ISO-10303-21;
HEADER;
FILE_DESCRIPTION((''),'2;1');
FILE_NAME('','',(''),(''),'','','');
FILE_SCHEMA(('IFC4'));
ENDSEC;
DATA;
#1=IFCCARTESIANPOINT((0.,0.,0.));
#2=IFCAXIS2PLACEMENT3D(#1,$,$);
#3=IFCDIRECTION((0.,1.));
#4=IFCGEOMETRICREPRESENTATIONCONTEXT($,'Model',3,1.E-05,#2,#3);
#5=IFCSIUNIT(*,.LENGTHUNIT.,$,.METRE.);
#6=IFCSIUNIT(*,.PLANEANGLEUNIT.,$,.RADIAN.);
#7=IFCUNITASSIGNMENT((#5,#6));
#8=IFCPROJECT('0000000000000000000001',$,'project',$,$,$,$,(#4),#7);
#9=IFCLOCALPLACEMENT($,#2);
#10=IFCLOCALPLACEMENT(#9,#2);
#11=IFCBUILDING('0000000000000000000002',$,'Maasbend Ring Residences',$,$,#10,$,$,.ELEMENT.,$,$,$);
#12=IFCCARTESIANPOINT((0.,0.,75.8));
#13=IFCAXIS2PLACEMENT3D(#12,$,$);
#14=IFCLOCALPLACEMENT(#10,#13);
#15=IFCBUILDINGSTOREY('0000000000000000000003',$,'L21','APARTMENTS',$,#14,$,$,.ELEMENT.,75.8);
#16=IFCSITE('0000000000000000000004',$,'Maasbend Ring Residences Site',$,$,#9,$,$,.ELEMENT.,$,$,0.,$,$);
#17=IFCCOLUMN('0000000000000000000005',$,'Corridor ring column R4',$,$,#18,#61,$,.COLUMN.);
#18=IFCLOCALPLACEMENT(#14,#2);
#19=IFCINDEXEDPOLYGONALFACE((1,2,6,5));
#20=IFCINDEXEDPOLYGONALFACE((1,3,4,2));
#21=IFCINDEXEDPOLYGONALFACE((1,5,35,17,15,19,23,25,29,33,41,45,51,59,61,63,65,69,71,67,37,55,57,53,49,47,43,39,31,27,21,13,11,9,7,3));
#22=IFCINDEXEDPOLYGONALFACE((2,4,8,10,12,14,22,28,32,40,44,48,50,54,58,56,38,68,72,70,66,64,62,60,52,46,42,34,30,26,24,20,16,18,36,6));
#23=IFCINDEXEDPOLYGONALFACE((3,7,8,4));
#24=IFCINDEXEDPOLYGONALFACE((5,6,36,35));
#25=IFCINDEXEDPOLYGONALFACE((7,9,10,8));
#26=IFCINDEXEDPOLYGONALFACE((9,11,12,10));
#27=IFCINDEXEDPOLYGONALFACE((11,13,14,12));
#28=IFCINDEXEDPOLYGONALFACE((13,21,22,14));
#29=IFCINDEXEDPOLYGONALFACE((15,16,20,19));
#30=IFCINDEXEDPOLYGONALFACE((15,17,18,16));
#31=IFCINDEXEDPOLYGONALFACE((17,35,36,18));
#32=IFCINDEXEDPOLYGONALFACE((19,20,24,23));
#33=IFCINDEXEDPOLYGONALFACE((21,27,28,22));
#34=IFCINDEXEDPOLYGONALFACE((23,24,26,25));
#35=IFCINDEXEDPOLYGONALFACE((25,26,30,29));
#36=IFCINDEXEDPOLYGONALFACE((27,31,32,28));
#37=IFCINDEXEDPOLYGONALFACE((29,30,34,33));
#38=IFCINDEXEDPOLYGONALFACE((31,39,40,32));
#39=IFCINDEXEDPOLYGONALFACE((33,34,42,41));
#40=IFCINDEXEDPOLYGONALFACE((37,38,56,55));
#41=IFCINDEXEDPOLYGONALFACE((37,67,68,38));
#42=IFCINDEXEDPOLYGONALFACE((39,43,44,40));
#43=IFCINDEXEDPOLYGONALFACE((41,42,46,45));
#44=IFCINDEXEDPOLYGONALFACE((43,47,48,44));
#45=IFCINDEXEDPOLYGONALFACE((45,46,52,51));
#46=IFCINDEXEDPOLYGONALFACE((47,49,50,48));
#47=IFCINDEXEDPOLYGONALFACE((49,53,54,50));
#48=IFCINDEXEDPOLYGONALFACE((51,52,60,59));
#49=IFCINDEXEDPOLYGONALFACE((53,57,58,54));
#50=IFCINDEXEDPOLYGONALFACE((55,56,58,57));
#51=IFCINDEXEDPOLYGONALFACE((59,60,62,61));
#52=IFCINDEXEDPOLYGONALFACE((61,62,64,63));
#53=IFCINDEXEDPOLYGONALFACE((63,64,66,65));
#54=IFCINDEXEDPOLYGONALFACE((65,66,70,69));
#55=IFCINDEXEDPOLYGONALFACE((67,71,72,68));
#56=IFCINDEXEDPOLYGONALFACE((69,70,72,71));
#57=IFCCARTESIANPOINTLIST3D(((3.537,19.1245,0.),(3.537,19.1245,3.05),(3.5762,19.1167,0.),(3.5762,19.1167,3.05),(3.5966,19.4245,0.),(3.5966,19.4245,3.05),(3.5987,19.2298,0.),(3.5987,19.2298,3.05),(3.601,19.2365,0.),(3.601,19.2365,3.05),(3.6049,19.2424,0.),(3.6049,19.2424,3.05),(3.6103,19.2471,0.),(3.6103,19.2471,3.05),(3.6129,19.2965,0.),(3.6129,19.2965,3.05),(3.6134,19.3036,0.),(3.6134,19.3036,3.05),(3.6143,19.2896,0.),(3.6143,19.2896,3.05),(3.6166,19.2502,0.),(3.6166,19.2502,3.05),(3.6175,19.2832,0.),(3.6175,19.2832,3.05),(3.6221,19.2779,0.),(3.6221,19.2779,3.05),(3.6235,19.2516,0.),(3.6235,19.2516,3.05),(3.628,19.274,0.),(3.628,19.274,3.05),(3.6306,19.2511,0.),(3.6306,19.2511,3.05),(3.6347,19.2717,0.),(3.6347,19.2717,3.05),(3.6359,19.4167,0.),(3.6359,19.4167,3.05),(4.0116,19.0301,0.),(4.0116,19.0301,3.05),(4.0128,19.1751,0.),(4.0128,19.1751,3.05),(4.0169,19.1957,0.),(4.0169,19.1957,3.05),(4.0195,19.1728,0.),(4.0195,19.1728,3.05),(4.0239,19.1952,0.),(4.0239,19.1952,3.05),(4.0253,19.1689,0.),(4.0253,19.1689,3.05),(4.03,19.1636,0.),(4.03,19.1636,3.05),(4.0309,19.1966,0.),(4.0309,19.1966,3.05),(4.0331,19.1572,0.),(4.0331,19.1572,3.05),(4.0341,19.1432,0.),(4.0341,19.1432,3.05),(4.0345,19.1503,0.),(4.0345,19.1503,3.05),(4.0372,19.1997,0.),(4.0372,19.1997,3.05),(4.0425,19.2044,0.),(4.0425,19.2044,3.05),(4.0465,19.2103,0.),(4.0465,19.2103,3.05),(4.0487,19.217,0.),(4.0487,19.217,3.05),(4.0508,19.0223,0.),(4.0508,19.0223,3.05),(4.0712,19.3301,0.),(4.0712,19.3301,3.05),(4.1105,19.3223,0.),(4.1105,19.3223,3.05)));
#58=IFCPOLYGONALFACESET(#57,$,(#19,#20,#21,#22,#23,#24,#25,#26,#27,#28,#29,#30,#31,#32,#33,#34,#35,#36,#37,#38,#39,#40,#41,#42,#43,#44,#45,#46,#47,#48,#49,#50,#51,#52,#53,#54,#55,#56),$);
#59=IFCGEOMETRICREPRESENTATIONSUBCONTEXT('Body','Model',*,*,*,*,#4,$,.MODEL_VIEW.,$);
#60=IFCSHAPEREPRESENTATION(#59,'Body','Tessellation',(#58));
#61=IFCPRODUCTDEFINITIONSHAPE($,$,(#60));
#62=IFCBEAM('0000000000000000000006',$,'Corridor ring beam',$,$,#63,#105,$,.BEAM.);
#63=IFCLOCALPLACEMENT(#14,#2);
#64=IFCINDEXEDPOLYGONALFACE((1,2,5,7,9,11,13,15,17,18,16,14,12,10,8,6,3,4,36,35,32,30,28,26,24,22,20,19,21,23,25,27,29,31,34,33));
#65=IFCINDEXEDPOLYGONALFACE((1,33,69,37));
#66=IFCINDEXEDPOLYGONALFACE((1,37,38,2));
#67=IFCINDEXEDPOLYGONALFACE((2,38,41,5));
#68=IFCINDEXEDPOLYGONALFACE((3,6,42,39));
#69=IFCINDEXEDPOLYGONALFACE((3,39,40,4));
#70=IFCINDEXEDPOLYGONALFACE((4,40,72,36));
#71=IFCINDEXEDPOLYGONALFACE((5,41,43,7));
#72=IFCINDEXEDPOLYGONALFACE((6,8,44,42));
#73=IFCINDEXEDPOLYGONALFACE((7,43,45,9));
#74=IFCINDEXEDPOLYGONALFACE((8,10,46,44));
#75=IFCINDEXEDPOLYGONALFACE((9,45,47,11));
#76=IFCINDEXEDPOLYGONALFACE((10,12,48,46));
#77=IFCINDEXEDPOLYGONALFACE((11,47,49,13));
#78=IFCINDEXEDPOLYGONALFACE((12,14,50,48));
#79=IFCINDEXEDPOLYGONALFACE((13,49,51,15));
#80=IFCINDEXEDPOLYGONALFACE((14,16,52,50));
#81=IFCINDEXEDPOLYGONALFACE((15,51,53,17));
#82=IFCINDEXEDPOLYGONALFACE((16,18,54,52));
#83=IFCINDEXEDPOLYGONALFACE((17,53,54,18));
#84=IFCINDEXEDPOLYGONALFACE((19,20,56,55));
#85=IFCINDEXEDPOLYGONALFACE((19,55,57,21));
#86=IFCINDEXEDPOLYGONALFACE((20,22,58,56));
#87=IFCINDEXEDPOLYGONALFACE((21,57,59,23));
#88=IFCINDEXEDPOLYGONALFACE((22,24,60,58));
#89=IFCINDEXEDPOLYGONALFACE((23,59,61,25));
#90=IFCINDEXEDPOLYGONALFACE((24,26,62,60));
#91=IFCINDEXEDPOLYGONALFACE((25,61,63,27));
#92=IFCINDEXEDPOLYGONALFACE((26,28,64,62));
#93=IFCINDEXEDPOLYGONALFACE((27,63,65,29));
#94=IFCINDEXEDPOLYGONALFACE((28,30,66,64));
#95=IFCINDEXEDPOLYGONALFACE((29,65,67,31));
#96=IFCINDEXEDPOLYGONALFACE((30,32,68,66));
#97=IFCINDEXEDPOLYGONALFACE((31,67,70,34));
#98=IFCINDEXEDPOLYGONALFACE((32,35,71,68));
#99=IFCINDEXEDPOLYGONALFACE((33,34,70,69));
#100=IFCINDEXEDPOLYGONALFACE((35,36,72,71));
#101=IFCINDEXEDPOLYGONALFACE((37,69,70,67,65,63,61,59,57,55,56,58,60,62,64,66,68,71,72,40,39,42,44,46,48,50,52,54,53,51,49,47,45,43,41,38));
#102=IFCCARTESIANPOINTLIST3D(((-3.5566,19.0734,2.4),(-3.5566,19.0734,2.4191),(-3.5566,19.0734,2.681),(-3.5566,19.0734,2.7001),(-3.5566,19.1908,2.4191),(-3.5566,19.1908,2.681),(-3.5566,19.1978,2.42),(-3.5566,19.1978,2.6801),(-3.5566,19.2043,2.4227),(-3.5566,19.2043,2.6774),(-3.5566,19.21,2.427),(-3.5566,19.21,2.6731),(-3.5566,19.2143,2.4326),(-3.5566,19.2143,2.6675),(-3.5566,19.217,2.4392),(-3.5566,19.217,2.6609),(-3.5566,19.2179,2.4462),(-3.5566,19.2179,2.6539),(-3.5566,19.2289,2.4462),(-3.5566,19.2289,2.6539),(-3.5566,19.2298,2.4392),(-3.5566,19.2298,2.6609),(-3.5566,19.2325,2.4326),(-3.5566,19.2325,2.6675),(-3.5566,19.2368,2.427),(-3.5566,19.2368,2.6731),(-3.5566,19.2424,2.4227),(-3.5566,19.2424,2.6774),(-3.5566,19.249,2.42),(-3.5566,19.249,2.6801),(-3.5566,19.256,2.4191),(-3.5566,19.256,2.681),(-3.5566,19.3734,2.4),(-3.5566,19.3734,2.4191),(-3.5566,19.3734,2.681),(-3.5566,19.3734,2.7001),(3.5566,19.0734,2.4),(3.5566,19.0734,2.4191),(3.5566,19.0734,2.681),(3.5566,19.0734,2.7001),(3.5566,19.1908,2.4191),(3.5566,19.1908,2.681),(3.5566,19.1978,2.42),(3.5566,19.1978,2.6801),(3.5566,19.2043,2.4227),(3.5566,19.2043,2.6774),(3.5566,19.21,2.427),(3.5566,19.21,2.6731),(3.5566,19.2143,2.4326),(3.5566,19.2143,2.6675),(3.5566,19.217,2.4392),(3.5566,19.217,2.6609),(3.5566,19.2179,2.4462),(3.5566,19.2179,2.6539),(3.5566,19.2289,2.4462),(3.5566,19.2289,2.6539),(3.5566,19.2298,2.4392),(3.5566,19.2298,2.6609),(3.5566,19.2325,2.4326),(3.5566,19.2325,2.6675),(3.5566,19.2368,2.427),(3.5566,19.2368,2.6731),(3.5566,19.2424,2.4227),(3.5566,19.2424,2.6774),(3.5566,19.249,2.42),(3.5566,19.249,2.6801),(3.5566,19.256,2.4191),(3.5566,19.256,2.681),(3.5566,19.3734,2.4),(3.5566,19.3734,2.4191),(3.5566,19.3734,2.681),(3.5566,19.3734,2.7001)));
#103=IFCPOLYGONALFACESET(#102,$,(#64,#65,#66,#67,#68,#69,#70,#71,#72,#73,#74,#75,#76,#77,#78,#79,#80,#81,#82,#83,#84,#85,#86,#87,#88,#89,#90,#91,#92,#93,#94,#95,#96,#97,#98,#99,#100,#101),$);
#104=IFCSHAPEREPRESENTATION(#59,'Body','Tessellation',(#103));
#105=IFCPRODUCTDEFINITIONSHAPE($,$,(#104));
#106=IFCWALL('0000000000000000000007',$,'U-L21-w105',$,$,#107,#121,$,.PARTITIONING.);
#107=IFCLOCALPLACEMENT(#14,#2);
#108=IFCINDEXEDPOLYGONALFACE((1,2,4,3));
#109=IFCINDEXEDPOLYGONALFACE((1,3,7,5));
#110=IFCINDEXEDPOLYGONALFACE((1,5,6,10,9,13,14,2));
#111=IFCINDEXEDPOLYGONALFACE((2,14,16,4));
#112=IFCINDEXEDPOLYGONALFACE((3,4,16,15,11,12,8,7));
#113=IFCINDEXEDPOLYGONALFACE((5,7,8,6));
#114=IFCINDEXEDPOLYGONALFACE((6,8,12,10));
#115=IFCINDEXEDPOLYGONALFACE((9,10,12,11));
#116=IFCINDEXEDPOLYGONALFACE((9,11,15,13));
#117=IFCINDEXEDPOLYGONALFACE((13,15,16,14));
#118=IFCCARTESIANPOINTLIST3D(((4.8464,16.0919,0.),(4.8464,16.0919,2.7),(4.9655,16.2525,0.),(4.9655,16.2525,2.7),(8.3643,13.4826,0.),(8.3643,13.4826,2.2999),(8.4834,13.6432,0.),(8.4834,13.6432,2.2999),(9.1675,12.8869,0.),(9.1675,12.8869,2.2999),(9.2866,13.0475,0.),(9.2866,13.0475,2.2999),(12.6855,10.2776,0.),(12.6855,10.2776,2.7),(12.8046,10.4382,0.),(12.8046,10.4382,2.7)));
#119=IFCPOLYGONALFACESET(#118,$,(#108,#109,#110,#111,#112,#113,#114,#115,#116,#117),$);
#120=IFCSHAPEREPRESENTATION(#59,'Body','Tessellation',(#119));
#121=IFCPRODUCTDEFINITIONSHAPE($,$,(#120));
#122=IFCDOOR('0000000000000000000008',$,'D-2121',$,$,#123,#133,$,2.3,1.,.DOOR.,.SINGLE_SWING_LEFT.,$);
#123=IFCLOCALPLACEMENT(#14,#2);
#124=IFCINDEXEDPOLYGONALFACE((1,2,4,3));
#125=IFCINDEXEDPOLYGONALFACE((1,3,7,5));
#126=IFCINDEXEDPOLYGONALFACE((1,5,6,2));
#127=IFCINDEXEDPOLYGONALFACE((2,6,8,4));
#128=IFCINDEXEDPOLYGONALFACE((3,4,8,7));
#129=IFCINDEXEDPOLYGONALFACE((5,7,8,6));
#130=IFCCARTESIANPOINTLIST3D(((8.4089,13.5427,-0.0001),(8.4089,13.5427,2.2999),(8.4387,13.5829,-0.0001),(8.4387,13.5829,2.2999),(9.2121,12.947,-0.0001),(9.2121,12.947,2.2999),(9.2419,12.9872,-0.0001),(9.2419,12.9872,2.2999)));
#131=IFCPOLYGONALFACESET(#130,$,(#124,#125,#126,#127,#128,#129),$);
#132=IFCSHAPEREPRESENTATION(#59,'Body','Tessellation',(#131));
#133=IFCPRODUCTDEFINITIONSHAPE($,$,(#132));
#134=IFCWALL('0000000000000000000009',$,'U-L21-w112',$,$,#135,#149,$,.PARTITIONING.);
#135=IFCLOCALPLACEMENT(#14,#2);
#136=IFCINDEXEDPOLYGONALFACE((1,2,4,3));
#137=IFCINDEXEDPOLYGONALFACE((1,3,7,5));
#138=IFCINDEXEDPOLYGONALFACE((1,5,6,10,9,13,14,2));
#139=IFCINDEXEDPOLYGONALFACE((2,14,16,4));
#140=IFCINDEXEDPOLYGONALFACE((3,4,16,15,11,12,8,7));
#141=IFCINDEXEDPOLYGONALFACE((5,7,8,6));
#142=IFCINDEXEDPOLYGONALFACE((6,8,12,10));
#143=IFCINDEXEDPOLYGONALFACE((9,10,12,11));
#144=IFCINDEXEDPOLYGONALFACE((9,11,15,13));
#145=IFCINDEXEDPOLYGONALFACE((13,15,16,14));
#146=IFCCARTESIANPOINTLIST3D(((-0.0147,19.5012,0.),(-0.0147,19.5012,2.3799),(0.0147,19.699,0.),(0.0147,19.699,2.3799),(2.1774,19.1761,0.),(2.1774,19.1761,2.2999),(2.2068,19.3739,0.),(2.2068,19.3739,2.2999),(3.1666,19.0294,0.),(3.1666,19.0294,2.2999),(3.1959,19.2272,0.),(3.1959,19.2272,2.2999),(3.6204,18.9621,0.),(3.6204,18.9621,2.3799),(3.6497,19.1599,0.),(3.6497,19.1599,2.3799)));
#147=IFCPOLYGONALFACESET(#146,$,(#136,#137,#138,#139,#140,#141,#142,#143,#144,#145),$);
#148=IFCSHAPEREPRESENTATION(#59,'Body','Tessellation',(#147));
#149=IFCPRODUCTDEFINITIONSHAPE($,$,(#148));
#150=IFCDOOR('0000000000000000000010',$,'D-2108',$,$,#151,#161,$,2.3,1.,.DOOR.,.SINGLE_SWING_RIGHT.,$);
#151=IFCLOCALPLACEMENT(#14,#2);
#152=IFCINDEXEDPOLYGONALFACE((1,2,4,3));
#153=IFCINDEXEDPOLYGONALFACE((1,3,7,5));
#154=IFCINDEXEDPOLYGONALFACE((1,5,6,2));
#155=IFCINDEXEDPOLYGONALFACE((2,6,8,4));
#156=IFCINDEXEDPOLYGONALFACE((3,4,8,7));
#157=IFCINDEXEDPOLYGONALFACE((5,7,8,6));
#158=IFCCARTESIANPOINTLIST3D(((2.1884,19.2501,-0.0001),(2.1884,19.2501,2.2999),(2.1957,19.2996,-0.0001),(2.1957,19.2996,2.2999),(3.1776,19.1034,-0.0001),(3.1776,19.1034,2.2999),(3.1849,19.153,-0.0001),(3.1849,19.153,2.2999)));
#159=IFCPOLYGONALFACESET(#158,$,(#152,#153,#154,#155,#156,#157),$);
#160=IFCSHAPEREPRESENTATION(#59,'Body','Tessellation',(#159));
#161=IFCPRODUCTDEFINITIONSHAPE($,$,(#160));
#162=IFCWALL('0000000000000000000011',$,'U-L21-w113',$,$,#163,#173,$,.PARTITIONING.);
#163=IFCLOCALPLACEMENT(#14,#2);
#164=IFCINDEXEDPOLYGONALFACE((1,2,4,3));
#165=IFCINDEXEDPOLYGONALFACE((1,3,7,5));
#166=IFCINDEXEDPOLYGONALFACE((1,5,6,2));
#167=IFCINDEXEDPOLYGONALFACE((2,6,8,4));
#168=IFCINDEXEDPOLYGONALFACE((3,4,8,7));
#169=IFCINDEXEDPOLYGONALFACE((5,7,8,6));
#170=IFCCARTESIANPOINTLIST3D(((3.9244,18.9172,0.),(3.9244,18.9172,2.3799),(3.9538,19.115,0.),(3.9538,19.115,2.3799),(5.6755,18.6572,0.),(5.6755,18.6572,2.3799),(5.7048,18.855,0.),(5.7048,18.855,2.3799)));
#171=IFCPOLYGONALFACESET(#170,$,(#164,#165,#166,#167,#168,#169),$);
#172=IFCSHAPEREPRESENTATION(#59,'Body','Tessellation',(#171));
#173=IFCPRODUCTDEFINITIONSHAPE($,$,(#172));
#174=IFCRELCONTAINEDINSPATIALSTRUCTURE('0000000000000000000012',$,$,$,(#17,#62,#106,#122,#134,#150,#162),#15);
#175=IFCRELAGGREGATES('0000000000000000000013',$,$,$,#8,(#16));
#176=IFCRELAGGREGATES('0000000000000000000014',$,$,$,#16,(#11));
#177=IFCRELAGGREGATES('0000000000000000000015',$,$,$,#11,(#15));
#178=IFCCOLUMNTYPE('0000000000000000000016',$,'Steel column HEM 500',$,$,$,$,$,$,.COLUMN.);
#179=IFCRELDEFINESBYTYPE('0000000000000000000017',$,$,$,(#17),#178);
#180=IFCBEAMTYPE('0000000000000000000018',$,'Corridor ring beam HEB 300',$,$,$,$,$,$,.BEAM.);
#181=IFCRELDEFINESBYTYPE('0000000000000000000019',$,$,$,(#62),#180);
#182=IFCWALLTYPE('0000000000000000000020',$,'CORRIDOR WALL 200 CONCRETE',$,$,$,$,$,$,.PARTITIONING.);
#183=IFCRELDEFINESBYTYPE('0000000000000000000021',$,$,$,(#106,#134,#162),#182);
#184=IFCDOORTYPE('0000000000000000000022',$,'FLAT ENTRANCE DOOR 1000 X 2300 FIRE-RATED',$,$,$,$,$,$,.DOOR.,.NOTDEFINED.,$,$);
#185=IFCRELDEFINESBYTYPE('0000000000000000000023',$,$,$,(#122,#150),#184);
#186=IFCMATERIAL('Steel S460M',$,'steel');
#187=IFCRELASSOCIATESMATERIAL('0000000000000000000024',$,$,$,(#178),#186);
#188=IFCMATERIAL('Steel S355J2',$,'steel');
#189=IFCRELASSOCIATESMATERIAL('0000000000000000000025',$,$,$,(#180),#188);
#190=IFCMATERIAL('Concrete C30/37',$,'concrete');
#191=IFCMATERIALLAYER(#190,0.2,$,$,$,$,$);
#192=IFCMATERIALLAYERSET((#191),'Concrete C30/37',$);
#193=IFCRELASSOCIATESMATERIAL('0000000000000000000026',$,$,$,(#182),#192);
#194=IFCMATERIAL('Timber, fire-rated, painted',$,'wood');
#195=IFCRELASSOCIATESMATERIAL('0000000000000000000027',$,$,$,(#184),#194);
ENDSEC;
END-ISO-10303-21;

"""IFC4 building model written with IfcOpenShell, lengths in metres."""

from ifc_helpers import new_model, si_unit, direction, frame, frame_2d, origin, origin_2d, place, context, subcontext, project, spatial, rectangle, i_section, extrude, material, layer, layer_set, material_profile, profile_set, type_object, element, fill, save


model = new_model("IFC4")

# Units and contexts
model_context = context("Model", 3, precision=1e-05, world=origin(), true_north=direction((0.0, 1.0)))
body_context = subcontext(model_context, "Body", "Model", "MODEL_VIEW")
ifc_project = project(units=[si_unit("LENGTHUNIT", "METRE"), si_unit("PLANEANGLEUNIT", "RADIAN")], contexts=[model_context])

# Site, building, storey
site_placement = place(None, origin())
site = spatial("IfcSite", under=ifc_project, at=site_placement, Name="Maasbend Ring Residences Site", CompositionType="ELEMENT", RefElevation=0.0)
building_placement = place(site_placement, origin())
building = spatial("IfcBuilding", under=site, at=building_placement, Name="Maasbend Ring Residences", CompositionType="ELEMENT")
storey_placement = place(building_placement, frame((0.0, 0.0, 75.8)))
storey = spatial("IfcBuildingStorey", under=building, at=storey_placement, Name="L21", Description="APARTMENTS", CompositionType="ELEMENT", Elevation=75.8)

# Column
ifc_material_1 = material(Name="Steel S460M", Category="steel")
ifc_material_profile_1 = material_profile(ifc_material_1, i_section(OverallWidth=0.3059, OverallDepth=0.5239, WebThickness=0.021, FlangeThickness=0.04, FilletRadius=0.0271, at=origin_2d()), Name="HEM 500")
ifc_profile_set_1 = profile_set([ifc_material_profile_1], Name="Steel S460M")
column_type = type_object("IfcColumnType", Name="Steel column HEM 500", PredefinedType="COLUMN", material=ifc_profile_set_1)
column_placement = place(storey_placement, frame((3.8237, 19.2234, 0.0), z_axis=(0.0, 0.0, 1.0), x_axis=(0.19509, 0.980785, 0.0)))
element("IfcColumn", 1, at=column_placement, inside=storey, type_object=column_type, Name="Corridor ring column R4", PredefinedType="COLUMN", context=body_context, shape_type="SweptSolid", body=[
    extrude(i_section(OverallWidth=0.3059, OverallDepth=0.5239, WebThickness=0.021, FlangeThickness=0.04, FilletRadius=0.0271, at=origin_2d()), origin(), (0.0, 0.0, 1.0), 3.05),
])

# Beam
ifc_material_2 = material(Name="Steel S355J2", Category="steel")
ifc_material_profile_2 = material_profile(ifc_material_2, i_section(OverallWidth=0.3, OverallDepth=0.3, WebThickness=0.011, FlangeThickness=0.019, FilletRadius=0.0271, at=origin_2d()), Name="HEB 300")
ifc_profile_set_2 = profile_set([ifc_material_profile_2], Name="Steel S355J2")
beam_type = type_object("IfcBeamType", Name="Corridor ring beam HEB 300", PredefinedType="BEAM", material=ifc_profile_set_2)
beam_placement = place(storey_placement, frame((3.5566, 19.2234, 2.55), z_axis=(-1.0, 0.0, 0.0), x_axis=(0.0, -1.0, 0.0)))
element("IfcBeam", 2, at=beam_placement, inside=storey, type_object=beam_type, Name="Corridor ring beam", PredefinedType="BEAM", context=body_context, shape_type="SweptSolid", body=[
    extrude(i_section(OverallWidth=0.3, OverallDepth=0.3, WebThickness=0.011, FlangeThickness=0.019, FilletRadius=0.0271, at=origin_2d()), origin(), (0.0, 0.0, 1.0), 7.1133),
])

# Walls, openings, doors
ifc_material_3 = material(Name="Concrete C30/37", Category="concrete")
ifc_layer_1 = layer(ifc_material_3, 0.2)
ifc_layer_set_1 = layer_set([ifc_layer_1], Name="Concrete C30/37")
wall_type_1 = type_object("IfcWallType", Name="CORRIDOR WALL 200 CONCRETE", PredefinedType="PARTITIONING", material=ifc_layer_set_1)
wall_1_placement = place(storey_placement, frame((4.906, 16.1721, 0.0), z_axis=(0.0, 0.0, 1.0), x_axis=(0.803191, -0.595721, 0.0)))
wall_1 = element("IfcWall", 3, at=wall_1_placement, inside=storey, type_object=wall_type_1, Name="U-L21-w105", PredefinedType="PARTITIONING", context=body_context, shape_type="SweptSolid", body=[
    extrude(rectangle(XDim=9.76, YDim=0.2, at=frame_2d((4.8799, 0.0))), origin(), (0.0, 0.0, 1.0), 2.7),
])
opening_1_placement = place(wall_1_placement, frame((4.3799, 0.0, 0.0)))
opening_1 = element("IfcOpeningElement", 4, at=opening_1_placement, cuts=wall_1, PredefinedType="OPENING", context=body_context, shape_type="SweptSolid", body=[
    extrude(rectangle(XDim=1.0, YDim=2.3, at=frame_2d((0.5, 1.1499))), frame((0.0, 0.1099, 0.0), z_axis=(0.0, -1.0, 0.0), x_axis=(1.0, 0.0, 0.0)), (0.0, 0.0, 1.0), 0.22),
])
ifc_material_4 = material(Name="Timber, fire-rated, painted", Category="wood")
door_type_1 = type_object("IfcDoorType", Name="FLAT ENTRANCE DOOR 1000 X 2300 FIRE-RATED", OperationType="NOTDEFINED", PredefinedType="DOOR", material=ifc_material_4)
door_1_placement = place(opening_1_placement, origin())
door_1 = element("IfcDoor", 5, at=door_1_placement, inside=storey, type_object=door_type_1, Name="D-2121", OperationType="SINGLE_SWING_LEFT", OverallHeight=2.3, OverallWidth=1.0, PredefinedType="DOOR", context=body_context, shape_type="SweptSolid", body=[
    extrude(rectangle(XDim=1.0, YDim=2.3, at=frame_2d((0.5, 1.1499))), frame((0.0, 0.0249, 0.0), z_axis=(0.0, -1.0, 0.0), x_axis=(1.0, 0.0, 0.0)), (0.0, 0.0, 1.0), 0.05),
])
fill(opening_1, door_1)
wall_2_placement = place(storey_placement, frame((0.0, 19.6001, 0.0), z_axis=(0.0, 0.0, 1.0), x_axis=(0.989182, -0.146693, 0.0)))
wall_2 = element("IfcWall", 6, at=wall_2_placement, inside=storey, type_object=wall_type_1, Name="U-L21-w112", PredefinedType="PARTITIONING", context=body_context, shape_type="SweptSolid", body=[
    extrude(rectangle(XDim=3.6748, YDim=0.2, at=frame_2d((1.8374, 0.0))), origin(), (0.0, 0.0, 1.0), 2.3799),
])
opening_2_placement = place(wall_2_placement, frame((2.2161, 0.0, 0.0)))
opening_2 = element("IfcOpeningElement", 7, at=opening_2_placement, cuts=wall_2, PredefinedType="OPENING", context=body_context, shape_type="SweptSolid", body=[
    extrude(rectangle(XDim=1.0, YDim=2.3, at=frame_2d((0.5, 1.1499))), frame((0.0, 0.1099, 0.0), z_axis=(0.0, -1.0, 0.0), x_axis=(1.0, 0.0, 0.0)), (0.0, 0.0, 1.0), 0.22),
])
door_2_placement = place(opening_2_placement, origin())
door_2 = element("IfcDoor", 8, at=door_2_placement, inside=storey, type_object=door_type_1, Name="D-2108", OperationType="SINGLE_SWING_RIGHT", OverallHeight=2.3, OverallWidth=1.0, PredefinedType="DOOR", context=body_context, shape_type="SweptSolid", body=[
    extrude(rectangle(XDim=1.0, YDim=2.3, at=frame_2d((0.5, 1.1499))), frame((0.0, 0.0249, 0.0), z_axis=(0.0, -1.0, 0.0), x_axis=(1.0, 0.0, 0.0)), (0.0, 0.0, 1.0), 0.05),
])
fill(opening_2, door_2)

# Wall
wall_3_placement = place(storey_placement, frame((3.939, 19.0161, 0.0), z_axis=(0.0, 0.0, 1.0), x_axis=(0.989154, -0.146884, 0.0)))
element("IfcWall", 9, at=wall_3_placement, inside=storey, type_object=wall_type_1, Name="U-L21-w113", PredefinedType="PARTITIONING", context=body_context, shape_type="SweptSolid", body=[
    extrude(rectangle(XDim=1.7703, YDim=0.2, at=frame_2d((0.8853, 0.0))), origin(), (0.0, 0.0, 1.0), 2.3799),
])

save(model, "model.ifc")
